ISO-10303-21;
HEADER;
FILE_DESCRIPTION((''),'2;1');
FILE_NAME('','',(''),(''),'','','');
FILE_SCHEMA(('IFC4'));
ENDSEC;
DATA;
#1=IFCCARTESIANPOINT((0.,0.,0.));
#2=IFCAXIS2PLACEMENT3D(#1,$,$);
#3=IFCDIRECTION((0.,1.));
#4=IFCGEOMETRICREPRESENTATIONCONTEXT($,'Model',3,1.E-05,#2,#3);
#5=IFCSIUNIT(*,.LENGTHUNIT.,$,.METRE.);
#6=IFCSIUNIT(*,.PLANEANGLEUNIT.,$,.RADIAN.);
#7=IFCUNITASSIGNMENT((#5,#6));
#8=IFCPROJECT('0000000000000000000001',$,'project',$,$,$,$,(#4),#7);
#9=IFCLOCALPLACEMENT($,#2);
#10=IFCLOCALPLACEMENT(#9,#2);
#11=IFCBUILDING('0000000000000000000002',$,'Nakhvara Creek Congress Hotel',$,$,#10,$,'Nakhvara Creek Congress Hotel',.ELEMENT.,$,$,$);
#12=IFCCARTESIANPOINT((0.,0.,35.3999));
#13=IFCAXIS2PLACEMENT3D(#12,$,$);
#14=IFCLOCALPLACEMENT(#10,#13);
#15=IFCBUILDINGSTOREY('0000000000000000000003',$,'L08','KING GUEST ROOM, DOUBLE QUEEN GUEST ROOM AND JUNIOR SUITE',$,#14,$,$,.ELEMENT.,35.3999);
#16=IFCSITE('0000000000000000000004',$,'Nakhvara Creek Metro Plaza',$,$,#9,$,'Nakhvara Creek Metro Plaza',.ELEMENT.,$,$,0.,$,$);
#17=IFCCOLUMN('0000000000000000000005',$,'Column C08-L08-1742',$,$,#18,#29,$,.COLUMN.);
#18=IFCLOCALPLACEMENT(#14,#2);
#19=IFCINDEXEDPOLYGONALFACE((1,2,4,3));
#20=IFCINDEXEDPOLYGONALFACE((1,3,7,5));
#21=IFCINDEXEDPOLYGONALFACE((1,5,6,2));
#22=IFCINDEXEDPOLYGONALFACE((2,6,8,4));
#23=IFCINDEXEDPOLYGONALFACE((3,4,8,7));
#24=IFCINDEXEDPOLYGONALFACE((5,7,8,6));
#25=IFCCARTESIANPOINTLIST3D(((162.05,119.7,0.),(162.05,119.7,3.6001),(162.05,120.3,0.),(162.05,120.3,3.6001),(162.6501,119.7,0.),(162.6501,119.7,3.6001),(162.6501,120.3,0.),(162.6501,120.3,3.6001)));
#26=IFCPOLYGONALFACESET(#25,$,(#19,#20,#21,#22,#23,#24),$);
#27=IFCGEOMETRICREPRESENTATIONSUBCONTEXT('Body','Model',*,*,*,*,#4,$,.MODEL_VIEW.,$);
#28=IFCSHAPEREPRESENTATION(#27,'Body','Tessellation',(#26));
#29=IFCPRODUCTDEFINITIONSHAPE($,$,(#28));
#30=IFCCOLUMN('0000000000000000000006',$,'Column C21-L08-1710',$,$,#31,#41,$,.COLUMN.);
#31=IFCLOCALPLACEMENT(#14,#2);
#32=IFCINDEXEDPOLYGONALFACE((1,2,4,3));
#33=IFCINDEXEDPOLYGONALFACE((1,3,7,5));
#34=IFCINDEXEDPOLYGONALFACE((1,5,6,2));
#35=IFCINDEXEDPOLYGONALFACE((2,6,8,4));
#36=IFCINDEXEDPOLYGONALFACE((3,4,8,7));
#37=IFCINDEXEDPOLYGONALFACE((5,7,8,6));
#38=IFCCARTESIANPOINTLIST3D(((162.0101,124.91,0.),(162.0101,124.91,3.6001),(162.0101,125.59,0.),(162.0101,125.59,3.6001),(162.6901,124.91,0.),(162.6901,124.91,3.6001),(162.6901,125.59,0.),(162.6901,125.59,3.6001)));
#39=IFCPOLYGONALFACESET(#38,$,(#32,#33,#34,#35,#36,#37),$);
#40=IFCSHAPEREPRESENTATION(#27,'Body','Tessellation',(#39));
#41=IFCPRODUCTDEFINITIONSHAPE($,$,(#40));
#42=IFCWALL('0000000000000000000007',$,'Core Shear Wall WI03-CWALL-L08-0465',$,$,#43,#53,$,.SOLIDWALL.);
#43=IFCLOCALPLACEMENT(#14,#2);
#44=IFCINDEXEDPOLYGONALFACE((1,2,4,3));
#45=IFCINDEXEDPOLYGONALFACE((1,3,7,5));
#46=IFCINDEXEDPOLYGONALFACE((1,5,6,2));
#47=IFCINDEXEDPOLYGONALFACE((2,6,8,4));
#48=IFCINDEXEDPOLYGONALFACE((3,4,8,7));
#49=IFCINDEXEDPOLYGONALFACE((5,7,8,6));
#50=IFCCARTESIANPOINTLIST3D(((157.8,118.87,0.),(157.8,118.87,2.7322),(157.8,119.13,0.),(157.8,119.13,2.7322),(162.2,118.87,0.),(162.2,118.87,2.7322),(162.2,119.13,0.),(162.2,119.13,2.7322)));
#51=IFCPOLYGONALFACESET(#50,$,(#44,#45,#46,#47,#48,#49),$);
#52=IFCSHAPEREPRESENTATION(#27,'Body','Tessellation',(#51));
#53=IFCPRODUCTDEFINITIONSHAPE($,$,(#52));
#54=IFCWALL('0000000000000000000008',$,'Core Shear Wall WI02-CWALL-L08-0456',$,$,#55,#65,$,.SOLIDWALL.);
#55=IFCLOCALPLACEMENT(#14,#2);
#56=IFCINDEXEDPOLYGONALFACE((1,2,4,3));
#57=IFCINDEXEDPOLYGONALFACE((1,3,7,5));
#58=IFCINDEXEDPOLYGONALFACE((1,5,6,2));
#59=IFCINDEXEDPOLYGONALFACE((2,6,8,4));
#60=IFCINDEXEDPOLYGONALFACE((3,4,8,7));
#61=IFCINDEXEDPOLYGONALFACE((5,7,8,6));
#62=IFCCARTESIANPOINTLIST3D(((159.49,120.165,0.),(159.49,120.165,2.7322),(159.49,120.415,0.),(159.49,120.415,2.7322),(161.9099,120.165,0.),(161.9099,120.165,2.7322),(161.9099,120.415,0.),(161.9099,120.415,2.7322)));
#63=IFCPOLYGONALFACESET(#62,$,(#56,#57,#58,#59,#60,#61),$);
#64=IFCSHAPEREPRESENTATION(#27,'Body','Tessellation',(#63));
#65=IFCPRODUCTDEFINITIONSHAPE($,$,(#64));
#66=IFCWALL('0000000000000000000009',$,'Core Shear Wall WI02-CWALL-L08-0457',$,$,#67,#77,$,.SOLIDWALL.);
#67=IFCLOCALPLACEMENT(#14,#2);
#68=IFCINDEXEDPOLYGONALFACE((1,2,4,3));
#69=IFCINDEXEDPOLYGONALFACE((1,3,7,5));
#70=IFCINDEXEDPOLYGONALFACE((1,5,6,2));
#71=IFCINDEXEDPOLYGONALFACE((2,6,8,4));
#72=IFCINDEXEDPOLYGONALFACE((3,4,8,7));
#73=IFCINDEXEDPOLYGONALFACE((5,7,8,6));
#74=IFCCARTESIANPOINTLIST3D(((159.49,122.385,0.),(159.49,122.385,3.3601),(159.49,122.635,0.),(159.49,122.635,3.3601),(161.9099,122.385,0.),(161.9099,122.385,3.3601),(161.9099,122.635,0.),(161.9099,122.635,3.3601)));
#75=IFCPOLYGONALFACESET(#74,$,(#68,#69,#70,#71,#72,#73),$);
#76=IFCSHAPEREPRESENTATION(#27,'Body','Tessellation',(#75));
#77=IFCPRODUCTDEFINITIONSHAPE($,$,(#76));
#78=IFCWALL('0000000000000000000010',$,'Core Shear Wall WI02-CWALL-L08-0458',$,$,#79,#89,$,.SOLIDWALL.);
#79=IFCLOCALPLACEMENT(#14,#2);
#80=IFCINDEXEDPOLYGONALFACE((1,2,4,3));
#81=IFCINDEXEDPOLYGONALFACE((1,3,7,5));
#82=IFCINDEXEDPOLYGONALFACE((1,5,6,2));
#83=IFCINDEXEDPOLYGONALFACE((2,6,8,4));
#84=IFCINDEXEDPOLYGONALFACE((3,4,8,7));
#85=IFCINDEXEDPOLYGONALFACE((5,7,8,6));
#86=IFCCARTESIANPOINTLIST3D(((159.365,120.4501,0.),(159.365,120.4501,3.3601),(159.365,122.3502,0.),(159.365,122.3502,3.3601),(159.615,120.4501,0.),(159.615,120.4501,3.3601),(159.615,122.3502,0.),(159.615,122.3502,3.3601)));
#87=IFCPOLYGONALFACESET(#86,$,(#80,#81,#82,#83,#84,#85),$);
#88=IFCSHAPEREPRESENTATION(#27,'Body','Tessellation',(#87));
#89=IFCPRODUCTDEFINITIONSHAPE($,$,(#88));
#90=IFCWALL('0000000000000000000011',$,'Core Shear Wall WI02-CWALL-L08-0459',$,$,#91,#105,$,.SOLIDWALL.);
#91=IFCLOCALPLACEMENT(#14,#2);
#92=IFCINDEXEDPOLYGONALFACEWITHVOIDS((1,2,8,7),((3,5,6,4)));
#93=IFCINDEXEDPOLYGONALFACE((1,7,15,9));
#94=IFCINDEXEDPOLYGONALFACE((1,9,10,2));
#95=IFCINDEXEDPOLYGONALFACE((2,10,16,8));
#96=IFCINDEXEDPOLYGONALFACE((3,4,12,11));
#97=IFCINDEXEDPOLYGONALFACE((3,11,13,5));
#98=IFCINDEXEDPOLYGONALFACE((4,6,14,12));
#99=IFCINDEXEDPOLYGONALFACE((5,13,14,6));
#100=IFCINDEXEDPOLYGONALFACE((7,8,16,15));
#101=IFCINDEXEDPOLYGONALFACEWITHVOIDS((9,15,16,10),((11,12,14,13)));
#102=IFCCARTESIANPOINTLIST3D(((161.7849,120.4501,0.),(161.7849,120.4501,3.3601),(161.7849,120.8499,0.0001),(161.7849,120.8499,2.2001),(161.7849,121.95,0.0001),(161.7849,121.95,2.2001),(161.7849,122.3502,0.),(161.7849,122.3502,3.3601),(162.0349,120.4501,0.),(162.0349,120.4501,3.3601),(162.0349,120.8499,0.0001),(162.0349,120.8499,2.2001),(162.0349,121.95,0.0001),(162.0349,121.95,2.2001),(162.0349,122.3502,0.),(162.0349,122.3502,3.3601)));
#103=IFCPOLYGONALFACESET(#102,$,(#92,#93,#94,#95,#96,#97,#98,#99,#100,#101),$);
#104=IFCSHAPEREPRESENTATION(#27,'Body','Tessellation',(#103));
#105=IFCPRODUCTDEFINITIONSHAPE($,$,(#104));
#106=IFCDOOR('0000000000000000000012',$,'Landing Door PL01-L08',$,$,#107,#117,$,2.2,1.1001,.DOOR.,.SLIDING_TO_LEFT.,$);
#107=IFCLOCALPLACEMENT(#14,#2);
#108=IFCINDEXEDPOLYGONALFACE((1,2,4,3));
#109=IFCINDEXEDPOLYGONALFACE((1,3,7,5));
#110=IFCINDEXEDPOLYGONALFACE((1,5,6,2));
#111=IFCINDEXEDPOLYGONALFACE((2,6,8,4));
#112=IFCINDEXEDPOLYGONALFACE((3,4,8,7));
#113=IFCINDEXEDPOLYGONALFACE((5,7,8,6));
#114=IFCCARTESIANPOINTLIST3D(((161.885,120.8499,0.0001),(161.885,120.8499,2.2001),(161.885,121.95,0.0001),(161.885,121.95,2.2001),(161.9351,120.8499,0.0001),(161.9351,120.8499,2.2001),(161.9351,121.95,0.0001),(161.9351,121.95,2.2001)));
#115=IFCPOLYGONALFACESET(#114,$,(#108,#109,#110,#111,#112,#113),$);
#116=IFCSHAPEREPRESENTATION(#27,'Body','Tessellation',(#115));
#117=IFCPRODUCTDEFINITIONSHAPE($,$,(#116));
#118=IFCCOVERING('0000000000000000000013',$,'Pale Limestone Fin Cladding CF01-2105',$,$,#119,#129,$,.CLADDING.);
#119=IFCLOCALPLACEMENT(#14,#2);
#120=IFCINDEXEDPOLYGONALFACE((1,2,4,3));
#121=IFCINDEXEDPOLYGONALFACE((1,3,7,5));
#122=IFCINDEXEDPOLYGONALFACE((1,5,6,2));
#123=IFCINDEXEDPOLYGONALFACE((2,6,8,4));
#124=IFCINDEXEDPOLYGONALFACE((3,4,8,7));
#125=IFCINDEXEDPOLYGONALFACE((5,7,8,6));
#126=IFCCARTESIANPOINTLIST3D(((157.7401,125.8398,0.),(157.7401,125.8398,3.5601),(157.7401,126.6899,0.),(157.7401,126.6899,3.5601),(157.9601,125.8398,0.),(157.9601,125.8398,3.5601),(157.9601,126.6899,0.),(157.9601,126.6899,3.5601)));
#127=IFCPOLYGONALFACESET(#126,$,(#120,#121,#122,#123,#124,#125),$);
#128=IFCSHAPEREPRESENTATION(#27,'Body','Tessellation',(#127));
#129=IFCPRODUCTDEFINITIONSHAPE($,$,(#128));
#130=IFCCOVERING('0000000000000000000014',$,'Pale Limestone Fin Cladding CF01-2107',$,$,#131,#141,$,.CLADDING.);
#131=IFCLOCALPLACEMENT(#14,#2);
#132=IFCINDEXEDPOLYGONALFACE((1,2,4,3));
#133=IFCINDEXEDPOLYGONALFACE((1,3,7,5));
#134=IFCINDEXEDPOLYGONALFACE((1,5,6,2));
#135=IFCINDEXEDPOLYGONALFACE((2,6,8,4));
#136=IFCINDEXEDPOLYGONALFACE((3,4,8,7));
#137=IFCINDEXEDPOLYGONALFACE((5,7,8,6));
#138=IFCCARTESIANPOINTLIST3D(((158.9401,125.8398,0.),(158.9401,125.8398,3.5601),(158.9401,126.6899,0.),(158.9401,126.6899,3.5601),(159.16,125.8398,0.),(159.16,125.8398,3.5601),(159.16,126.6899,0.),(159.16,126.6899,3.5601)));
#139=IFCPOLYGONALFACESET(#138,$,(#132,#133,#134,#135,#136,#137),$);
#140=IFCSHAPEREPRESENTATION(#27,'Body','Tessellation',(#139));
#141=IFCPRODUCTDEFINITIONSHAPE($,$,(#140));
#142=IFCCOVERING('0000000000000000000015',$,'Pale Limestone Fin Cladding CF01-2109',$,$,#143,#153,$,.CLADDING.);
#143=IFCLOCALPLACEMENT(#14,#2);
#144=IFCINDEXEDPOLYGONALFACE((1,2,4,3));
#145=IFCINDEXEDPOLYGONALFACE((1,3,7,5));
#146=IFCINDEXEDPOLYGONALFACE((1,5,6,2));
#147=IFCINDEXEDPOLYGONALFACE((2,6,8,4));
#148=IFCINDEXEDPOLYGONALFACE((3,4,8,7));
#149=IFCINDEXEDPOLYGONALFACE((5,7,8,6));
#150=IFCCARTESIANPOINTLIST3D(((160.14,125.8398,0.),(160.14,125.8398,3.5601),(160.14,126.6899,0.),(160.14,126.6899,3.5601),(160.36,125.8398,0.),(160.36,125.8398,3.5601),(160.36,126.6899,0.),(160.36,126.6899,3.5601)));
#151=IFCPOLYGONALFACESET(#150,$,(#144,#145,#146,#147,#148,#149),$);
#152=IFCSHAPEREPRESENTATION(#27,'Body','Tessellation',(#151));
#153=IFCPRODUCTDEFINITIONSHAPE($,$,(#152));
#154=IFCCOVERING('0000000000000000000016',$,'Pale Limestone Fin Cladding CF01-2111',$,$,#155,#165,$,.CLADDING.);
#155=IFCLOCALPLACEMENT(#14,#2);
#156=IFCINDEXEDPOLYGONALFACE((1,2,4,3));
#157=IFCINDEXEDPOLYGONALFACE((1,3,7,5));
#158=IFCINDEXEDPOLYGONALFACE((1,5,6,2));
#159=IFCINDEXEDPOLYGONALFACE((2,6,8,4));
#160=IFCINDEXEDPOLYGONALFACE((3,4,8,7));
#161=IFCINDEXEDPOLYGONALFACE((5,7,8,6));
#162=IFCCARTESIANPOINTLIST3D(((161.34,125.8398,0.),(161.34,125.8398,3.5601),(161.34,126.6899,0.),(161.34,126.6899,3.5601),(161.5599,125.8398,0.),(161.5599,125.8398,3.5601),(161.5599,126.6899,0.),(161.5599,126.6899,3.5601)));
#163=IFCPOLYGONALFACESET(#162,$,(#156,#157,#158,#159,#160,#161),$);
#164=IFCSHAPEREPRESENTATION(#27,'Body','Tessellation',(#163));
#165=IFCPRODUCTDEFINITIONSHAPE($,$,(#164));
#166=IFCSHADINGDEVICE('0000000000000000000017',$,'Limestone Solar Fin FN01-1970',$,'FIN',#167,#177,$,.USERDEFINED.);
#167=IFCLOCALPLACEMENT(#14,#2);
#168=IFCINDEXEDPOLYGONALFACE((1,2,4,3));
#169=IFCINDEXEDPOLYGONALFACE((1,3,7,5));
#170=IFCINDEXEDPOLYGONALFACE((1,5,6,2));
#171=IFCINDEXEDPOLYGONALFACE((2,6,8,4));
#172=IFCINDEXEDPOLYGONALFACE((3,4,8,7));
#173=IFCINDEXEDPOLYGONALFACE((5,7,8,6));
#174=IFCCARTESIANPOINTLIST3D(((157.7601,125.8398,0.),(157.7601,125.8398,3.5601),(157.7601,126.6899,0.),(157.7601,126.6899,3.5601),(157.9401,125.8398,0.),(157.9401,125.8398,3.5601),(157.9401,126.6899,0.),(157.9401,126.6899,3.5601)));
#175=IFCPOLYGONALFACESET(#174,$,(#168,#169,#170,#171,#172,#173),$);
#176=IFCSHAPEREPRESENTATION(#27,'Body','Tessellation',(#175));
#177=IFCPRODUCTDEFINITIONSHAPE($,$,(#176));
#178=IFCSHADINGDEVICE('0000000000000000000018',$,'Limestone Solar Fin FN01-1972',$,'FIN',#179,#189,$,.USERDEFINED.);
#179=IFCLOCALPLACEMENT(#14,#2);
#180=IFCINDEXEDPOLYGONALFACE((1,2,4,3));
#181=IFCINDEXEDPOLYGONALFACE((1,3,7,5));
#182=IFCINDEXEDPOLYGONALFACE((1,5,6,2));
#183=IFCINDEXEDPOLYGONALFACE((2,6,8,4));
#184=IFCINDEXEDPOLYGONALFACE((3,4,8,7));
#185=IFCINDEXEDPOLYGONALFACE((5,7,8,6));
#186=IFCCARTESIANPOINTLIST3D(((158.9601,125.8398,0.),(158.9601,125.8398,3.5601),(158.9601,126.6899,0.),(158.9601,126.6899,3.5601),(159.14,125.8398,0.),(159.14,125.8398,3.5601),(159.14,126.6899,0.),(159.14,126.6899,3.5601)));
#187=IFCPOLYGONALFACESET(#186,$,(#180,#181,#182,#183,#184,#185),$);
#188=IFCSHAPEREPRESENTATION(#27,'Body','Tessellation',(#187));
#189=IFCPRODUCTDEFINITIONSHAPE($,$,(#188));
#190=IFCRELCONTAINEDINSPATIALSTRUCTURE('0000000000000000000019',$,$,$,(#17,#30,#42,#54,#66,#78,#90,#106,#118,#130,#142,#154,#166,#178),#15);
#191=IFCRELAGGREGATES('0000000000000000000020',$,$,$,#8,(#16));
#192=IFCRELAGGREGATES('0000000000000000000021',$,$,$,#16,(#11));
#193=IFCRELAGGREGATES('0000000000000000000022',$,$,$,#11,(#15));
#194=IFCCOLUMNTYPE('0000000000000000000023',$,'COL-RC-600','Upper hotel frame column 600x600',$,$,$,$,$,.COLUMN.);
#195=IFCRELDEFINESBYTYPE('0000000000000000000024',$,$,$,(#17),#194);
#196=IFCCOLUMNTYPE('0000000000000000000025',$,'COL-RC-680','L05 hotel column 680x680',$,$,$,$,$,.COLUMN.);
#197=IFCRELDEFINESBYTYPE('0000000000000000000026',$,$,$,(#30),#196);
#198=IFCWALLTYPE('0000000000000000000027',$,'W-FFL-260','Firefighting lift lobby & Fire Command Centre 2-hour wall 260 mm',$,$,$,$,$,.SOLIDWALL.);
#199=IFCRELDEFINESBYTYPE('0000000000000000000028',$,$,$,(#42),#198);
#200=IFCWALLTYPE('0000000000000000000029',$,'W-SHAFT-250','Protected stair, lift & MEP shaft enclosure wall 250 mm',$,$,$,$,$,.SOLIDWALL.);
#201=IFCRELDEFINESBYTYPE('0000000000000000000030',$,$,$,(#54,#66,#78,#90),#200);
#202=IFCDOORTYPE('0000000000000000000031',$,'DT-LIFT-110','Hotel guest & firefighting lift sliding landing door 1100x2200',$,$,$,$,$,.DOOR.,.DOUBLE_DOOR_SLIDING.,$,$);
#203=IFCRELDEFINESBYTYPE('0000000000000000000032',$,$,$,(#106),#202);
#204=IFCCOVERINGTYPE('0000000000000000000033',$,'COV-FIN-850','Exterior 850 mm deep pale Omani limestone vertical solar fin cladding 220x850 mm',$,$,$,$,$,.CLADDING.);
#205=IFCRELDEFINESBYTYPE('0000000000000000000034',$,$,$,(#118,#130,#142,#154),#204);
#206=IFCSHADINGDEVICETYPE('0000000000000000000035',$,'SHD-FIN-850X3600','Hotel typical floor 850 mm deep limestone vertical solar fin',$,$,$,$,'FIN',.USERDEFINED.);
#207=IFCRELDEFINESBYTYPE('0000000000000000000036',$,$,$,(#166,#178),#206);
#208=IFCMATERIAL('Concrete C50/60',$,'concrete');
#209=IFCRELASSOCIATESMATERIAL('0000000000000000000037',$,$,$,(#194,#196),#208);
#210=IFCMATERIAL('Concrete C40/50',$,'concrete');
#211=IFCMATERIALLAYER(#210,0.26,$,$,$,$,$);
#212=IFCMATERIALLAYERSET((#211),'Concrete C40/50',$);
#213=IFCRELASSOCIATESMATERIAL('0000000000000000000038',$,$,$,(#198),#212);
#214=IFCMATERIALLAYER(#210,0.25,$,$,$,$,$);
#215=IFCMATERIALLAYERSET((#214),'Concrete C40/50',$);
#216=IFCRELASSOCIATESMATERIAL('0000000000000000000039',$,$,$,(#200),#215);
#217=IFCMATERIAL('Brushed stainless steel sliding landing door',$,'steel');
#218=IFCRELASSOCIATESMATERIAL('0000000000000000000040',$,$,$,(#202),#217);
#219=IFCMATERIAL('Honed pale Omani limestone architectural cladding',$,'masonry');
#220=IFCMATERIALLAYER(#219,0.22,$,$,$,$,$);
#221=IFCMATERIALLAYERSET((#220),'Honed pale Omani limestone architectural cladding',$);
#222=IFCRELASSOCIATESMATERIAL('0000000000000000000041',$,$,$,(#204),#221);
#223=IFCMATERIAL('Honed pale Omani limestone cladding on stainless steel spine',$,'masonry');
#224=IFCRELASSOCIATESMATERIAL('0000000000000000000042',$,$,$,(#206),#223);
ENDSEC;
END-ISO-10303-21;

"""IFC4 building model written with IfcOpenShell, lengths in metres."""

from ifc_helpers import new_model, si_unit, direction, frame, frame_2d, origin, origin_2d, place, context, subcontext, project, spatial, rectangle, extrude, material, layer, layer_set, material_profile, profile_set, type_object, element, fill, save


model = new_model("IFC4")

# Units and contexts
model_context = context("Model", 3, precision=1e-05, world=origin(), true_north=direction((0.0, 1.0)))
body_context = subcontext(model_context, "Body", "Model", "MODEL_VIEW")
ifc_project = project(units=[si_unit("LENGTHUNIT", "METRE"), si_unit("PLANEANGLEUNIT", "RADIAN")], contexts=[model_context])

# Site, building, storey
site_placement = place(None, origin())
site = spatial("IfcSite", under=ifc_project, at=site_placement, Name="Nakhvara Creek Metro Plaza", LongName="Nakhvara Creek Metro Plaza", CompositionType="ELEMENT", RefElevation=0.0)
building_placement = place(site_placement, origin())
building = spatial("IfcBuilding", under=site, at=building_placement, Name="Nakhvara Creek Congress Hotel", LongName="Nakhvara Creek Congress Hotel", CompositionType="ELEMENT")
storey_placement = place(building_placement, frame((0.0, 0.0, 35.3999)))
storey = spatial("IfcBuildingStorey", under=building, at=storey_placement, Name="L08", Description="KING GUEST ROOM, DOUBLE QUEEN GUEST ROOM AND JUNIOR SUITE", CompositionType="ELEMENT", Elevation=35.3999)

# Columns
ifc_material_1 = material(Name="Concrete C50/60", Category="concrete")
ifc_material_profile_1 = material_profile(ifc_material_1, rectangle(XDim=0.6001, YDim=0.6001, at=origin_2d()), Name="RC-COL 600x600", Category="LoadBearing")
ifc_profile_set_1 = profile_set([ifc_material_profile_1], Name="Concrete C50/60")
column_type_1 = type_object("IfcColumnType", Name="COL-RC-600", Description="Upper hotel frame column 600x600", PredefinedType="COLUMN", material=ifc_profile_set_1)
column_1_placement = place(storey_placement, frame((162.3501, 120.0, 0.0), z_axis=(0.0, 0.0, 1.0), x_axis=(1.0, 0.0, 0.0)))
element("IfcColumn", 1, at=column_1_placement, inside=storey, type_object=column_type_1, Name="Column C08-L08-1742", PredefinedType="COLUMN", context=body_context, shape_type="SweptSolid", body=[
    extrude(rectangle(XDim=0.6001, YDim=0.6001, at=origin_2d()), origin(), (0.0, 0.0, 1.0), 3.6001),
])
ifc_material_profile_2 = material_profile(ifc_material_1, rectangle(XDim=0.6799, YDim=0.6799, at=origin_2d()), Name="RC-COL 680x680", Category="LoadBearing")
ifc_profile_set_2 = profile_set([ifc_material_profile_2], Name="Concrete C50/60")
column_type_2 = type_object("IfcColumnType", Name="COL-RC-680", Description="L05 hotel column 680x680", PredefinedType="COLUMN", material=ifc_profile_set_2)
column_2_placement = place(storey_placement, frame((162.3501, 125.25, 0.0), z_axis=(0.0, 0.0, 1.0), x_axis=(1.0, 0.0, 0.0)))
element("IfcColumn", 2, at=column_2_placement, inside=storey, type_object=column_type_2, Name="Column C21-L08-1710", PredefinedType="COLUMN", context=body_context, shape_type="SweptSolid", body=[
    extrude(rectangle(XDim=0.6799, YDim=0.6799, at=origin_2d()), origin(), (0.0, 0.0, 1.0), 3.6001),
])

# Walls
ifc_material_2 = material(Name="Concrete C40/50", Category="concrete")
ifc_layer_1 = layer(ifc_material_2, 0.26)
ifc_layer_set_1 = layer_set([ifc_layer_1], Name="Concrete C40/50")
wall_type_1 = type_object("IfcWallType", Name="W-FFL-260", Description="Firefighting lift lobby & Fire Command Centre 2-hour wall 260 mm", PredefinedType="SOLIDWALL", material=ifc_layer_set_1)
wall_1_placement = place(storey_placement, frame((157.8, 119.0, 0.0), z_axis=(0.0, 0.0, 1.0), x_axis=(1.0, 0.0, 0.0)))
element("IfcWall", 3, at=wall_1_placement, inside=storey, type_object=wall_type_1, Name="Core Shear Wall WI03-CWALL-L08-0465", PredefinedType="SOLIDWALL", context=body_context, shape_type="SweptSolid", body=[
    extrude(rectangle(XDim=4.3999, YDim=0.26, at=frame_2d((2.2, 0.0))), origin(), (0.0, 0.0, 1.0), 2.7322),
])
ifc_layer_2 = layer(ifc_material_2, 0.25)
ifc_layer_set_2 = layer_set([ifc_layer_2], Name="Concrete C40/50")
wall_type_2 = type_object("IfcWallType", Name="W-SHAFT-250", Description="Protected stair, lift & MEP shaft enclosure wall 250 mm", PredefinedType="SOLIDWALL", material=ifc_layer_set_2)
wall_2_placement = place(storey_placement, frame((159.49, 120.29, 0.0), z_axis=(0.0, 0.0, 1.0), x_axis=(1.0, 0.0, 0.0)))
element("IfcWall", 4, at=wall_2_placement, inside=storey, type_object=wall_type_2, Name="Core Shear Wall WI02-CWALL-L08-0456", PredefinedType="SOLIDWALL", context=body_context, shape_type="SweptSolid", body=[
    extrude(rectangle(XDim=2.4199, YDim=0.25, at=frame_2d((1.21, 0.0))), origin(), (0.0, 0.0, 1.0), 2.7322),
])
wall_3_placement = place(storey_placement, frame((159.49, 122.51, 0.0), z_axis=(0.0, 0.0, 1.0), x_axis=(1.0, 0.0, 0.0)))
element("IfcWall", 5, at=wall_3_placement, inside=storey, type_object=wall_type_2, Name="Core Shear Wall WI02-CWALL-L08-0457", PredefinedType="SOLIDWALL", context=body_context, shape_type="SweptSolid", body=[
    extrude(rectangle(XDim=2.4199, YDim=0.25, at=frame_2d((1.21, 0.0))), origin(), (0.0, 0.0, 1.0), 3.3601),
])
wall_4_placement = place(storey_placement, frame((159.49, 120.45, 0.0), z_axis=(0.0, 0.0, 1.0), x_axis=(0.0, 1.0, 0.0)))
element("IfcWall", 6, at=wall_4_placement, inside=storey, type_object=wall_type_2, Name="Core Shear Wall WI02-CWALL-L08-0458", PredefinedType="SOLIDWALL", context=body_context, shape_type="SweptSolid", body=[
    extrude(rectangle(XDim=1.9001, YDim=0.25, at=frame_2d((0.9502, 0.0))), origin(), (0.0, 0.0, 1.0), 3.3601),
])

# Wall, opening, door
wall_5_placement = place(storey_placement, frame((161.9099, 120.45, 0.0), z_axis=(0.0, 0.0, 1.0), x_axis=(0.0, 1.0, 0.0)))
wall_5 = element("IfcWall", 7, at=wall_5_placement, inside=storey, type_object=wall_type_2, Name="Core Shear Wall WI02-CWALL-L08-0459", PredefinedType="SOLIDWALL", context=body_context, shape_type="SweptSolid", body=[
    extrude(rectangle(XDim=1.9001, YDim=0.25, at=frame_2d((0.9502, 0.0))), origin(), (0.0, 0.0, 1.0), 3.3601),
])
opening_placement = place(wall_5_placement, frame((0.3999, 0.0, 0.0)))
opening = element("IfcOpeningElement", 8, at=opening_placement, cuts=wall_5, PredefinedType="OPENING", context=body_context, shape_type="SweptSolid", body=[
    extrude(rectangle(XDim=1.1001, YDim=2.2, at=frame_2d((0.55, 1.1001))), frame((0.0, 0.137, 0.0), z_axis=(0.0, -1.0, 0.0), x_axis=(1.0, 0.0, 0.0)), (0.0, 0.0, 1.0), 0.2739),
])
ifc_material_3 = material(Name="Brushed stainless steel sliding landing door", Category="steel")
door_type = type_object("IfcDoorType", Name="DT-LIFT-110", Description="Hotel guest & firefighting lift sliding landing door 1100x2200", OperationType="DOUBLE_DOOR_SLIDING", PredefinedType="DOOR", material=ifc_material_3)
door_placement = place(opening_placement, origin())
door = element("IfcDoor", 9, at=door_placement, inside=storey, type_object=door_type, Name="Landing Door PL01-L08", OperationType="SLIDING_TO_LEFT", OverallHeight=2.2, OverallWidth=1.1001, PredefinedType="DOOR", context=body_context, shape_type="SweptSolid", body=[
    extrude(rectangle(XDim=1.1001, YDim=2.2, at=frame_2d((0.55, 1.1001))), frame((0.0, 0.0249, 0.0), z_axis=(0.0, -1.0, 0.0), x_axis=(1.0, 0.0, 0.0)), (0.0, 0.0, 1.0), 0.05),
])
fill(opening, door)

# Coverings
ifc_material_4 = material(Name="Honed pale Omani limestone architectural cladding", Category="masonry")
ifc_layer_3 = layer(ifc_material_4, 0.22)
ifc_layer_set_3 = layer_set([ifc_layer_3], Name="Honed pale Omani limestone architectural cladding")
covering_type = type_object("IfcCoveringType", Name="COV-FIN-850", Description="Exterior 850 mm deep pale Omani limestone vertical solar fin cladding 220x850 mm", PredefinedType="CLADDING", material=ifc_layer_set_3)
for number, where, z_axis, x_axis, name in (
    (10, (157.8501, 126.2649, 0.0), (0.0, 0.0, 1.0), (1.0, 0.0, 0.0), "Pale Limestone Fin Cladding CF01-2105"),
    (11, (159.05, 126.2649, 0.0), (0.0, 0.0, 1.0), (1.0, 0.0, 0.0), "Pale Limestone Fin Cladding CF01-2107"),
    (12, (160.25, 126.2649, 0.0), (0.0, 0.0, 1.0), (1.0, 0.0, 0.0), "Pale Limestone Fin Cladding CF01-2109"),
    (13, (161.45, 126.2649, 0.0), (0.0, 0.0, 1.0), (1.0, 0.0, 0.0), "Pale Limestone Fin Cladding CF01-2111"),
):
    element("IfcCovering", number, at=place(storey_placement, frame(where, z_axis=z_axis, x_axis=x_axis)), inside=storey, type_object=covering_type, Name=name, PredefinedType="CLADDING", context=body_context, shape_type="SweptSolid", body=[
        extrude(rectangle(XDim=0.22, YDim=0.8501, at=origin_2d()), origin(), (0.0, 0.0, 1.0), 3.5601),
    ])

# Shading devices
ifc_material_5 = material(Name="Honed pale Omani limestone cladding on stainless steel spine", Category="masonry")
shading_device_type = type_object("IfcShadingDeviceType", Name="SHD-FIN-850X3600", Description="Hotel typical floor 850 mm deep limestone vertical solar fin", ElementType="FIN", PredefinedType="USERDEFINED", material=ifc_material_5)
for number, where, z_axis, x_axis, name in (
    (14, (157.8501, 126.2649, 0.0), (0.0, 0.0, 1.0), (1.0, 0.0, 0.0), "Limestone Solar Fin FN01-1970"),
    (15, (159.05, 126.2649, 0.0), (0.0, 0.0, 1.0), (1.0, 0.0, 0.0), "Limestone Solar Fin FN01-1972"),
):
    element("IfcShadingDevice", number, at=place(storey_placement, frame(where, z_axis=z_axis, x_axis=x_axis)), inside=storey, type_object=shading_device_type, Name=name, ObjectType="FIN", PredefinedType="USERDEFINED", context=body_context, shape_type="SweptSolid", body=[
        extrude(rectangle(XDim=0.1799, YDim=0.8501, at=origin_2d()), origin(), (0.0, 0.0, 1.0), 3.5601),
    ])

save(model, "model.ifc")
